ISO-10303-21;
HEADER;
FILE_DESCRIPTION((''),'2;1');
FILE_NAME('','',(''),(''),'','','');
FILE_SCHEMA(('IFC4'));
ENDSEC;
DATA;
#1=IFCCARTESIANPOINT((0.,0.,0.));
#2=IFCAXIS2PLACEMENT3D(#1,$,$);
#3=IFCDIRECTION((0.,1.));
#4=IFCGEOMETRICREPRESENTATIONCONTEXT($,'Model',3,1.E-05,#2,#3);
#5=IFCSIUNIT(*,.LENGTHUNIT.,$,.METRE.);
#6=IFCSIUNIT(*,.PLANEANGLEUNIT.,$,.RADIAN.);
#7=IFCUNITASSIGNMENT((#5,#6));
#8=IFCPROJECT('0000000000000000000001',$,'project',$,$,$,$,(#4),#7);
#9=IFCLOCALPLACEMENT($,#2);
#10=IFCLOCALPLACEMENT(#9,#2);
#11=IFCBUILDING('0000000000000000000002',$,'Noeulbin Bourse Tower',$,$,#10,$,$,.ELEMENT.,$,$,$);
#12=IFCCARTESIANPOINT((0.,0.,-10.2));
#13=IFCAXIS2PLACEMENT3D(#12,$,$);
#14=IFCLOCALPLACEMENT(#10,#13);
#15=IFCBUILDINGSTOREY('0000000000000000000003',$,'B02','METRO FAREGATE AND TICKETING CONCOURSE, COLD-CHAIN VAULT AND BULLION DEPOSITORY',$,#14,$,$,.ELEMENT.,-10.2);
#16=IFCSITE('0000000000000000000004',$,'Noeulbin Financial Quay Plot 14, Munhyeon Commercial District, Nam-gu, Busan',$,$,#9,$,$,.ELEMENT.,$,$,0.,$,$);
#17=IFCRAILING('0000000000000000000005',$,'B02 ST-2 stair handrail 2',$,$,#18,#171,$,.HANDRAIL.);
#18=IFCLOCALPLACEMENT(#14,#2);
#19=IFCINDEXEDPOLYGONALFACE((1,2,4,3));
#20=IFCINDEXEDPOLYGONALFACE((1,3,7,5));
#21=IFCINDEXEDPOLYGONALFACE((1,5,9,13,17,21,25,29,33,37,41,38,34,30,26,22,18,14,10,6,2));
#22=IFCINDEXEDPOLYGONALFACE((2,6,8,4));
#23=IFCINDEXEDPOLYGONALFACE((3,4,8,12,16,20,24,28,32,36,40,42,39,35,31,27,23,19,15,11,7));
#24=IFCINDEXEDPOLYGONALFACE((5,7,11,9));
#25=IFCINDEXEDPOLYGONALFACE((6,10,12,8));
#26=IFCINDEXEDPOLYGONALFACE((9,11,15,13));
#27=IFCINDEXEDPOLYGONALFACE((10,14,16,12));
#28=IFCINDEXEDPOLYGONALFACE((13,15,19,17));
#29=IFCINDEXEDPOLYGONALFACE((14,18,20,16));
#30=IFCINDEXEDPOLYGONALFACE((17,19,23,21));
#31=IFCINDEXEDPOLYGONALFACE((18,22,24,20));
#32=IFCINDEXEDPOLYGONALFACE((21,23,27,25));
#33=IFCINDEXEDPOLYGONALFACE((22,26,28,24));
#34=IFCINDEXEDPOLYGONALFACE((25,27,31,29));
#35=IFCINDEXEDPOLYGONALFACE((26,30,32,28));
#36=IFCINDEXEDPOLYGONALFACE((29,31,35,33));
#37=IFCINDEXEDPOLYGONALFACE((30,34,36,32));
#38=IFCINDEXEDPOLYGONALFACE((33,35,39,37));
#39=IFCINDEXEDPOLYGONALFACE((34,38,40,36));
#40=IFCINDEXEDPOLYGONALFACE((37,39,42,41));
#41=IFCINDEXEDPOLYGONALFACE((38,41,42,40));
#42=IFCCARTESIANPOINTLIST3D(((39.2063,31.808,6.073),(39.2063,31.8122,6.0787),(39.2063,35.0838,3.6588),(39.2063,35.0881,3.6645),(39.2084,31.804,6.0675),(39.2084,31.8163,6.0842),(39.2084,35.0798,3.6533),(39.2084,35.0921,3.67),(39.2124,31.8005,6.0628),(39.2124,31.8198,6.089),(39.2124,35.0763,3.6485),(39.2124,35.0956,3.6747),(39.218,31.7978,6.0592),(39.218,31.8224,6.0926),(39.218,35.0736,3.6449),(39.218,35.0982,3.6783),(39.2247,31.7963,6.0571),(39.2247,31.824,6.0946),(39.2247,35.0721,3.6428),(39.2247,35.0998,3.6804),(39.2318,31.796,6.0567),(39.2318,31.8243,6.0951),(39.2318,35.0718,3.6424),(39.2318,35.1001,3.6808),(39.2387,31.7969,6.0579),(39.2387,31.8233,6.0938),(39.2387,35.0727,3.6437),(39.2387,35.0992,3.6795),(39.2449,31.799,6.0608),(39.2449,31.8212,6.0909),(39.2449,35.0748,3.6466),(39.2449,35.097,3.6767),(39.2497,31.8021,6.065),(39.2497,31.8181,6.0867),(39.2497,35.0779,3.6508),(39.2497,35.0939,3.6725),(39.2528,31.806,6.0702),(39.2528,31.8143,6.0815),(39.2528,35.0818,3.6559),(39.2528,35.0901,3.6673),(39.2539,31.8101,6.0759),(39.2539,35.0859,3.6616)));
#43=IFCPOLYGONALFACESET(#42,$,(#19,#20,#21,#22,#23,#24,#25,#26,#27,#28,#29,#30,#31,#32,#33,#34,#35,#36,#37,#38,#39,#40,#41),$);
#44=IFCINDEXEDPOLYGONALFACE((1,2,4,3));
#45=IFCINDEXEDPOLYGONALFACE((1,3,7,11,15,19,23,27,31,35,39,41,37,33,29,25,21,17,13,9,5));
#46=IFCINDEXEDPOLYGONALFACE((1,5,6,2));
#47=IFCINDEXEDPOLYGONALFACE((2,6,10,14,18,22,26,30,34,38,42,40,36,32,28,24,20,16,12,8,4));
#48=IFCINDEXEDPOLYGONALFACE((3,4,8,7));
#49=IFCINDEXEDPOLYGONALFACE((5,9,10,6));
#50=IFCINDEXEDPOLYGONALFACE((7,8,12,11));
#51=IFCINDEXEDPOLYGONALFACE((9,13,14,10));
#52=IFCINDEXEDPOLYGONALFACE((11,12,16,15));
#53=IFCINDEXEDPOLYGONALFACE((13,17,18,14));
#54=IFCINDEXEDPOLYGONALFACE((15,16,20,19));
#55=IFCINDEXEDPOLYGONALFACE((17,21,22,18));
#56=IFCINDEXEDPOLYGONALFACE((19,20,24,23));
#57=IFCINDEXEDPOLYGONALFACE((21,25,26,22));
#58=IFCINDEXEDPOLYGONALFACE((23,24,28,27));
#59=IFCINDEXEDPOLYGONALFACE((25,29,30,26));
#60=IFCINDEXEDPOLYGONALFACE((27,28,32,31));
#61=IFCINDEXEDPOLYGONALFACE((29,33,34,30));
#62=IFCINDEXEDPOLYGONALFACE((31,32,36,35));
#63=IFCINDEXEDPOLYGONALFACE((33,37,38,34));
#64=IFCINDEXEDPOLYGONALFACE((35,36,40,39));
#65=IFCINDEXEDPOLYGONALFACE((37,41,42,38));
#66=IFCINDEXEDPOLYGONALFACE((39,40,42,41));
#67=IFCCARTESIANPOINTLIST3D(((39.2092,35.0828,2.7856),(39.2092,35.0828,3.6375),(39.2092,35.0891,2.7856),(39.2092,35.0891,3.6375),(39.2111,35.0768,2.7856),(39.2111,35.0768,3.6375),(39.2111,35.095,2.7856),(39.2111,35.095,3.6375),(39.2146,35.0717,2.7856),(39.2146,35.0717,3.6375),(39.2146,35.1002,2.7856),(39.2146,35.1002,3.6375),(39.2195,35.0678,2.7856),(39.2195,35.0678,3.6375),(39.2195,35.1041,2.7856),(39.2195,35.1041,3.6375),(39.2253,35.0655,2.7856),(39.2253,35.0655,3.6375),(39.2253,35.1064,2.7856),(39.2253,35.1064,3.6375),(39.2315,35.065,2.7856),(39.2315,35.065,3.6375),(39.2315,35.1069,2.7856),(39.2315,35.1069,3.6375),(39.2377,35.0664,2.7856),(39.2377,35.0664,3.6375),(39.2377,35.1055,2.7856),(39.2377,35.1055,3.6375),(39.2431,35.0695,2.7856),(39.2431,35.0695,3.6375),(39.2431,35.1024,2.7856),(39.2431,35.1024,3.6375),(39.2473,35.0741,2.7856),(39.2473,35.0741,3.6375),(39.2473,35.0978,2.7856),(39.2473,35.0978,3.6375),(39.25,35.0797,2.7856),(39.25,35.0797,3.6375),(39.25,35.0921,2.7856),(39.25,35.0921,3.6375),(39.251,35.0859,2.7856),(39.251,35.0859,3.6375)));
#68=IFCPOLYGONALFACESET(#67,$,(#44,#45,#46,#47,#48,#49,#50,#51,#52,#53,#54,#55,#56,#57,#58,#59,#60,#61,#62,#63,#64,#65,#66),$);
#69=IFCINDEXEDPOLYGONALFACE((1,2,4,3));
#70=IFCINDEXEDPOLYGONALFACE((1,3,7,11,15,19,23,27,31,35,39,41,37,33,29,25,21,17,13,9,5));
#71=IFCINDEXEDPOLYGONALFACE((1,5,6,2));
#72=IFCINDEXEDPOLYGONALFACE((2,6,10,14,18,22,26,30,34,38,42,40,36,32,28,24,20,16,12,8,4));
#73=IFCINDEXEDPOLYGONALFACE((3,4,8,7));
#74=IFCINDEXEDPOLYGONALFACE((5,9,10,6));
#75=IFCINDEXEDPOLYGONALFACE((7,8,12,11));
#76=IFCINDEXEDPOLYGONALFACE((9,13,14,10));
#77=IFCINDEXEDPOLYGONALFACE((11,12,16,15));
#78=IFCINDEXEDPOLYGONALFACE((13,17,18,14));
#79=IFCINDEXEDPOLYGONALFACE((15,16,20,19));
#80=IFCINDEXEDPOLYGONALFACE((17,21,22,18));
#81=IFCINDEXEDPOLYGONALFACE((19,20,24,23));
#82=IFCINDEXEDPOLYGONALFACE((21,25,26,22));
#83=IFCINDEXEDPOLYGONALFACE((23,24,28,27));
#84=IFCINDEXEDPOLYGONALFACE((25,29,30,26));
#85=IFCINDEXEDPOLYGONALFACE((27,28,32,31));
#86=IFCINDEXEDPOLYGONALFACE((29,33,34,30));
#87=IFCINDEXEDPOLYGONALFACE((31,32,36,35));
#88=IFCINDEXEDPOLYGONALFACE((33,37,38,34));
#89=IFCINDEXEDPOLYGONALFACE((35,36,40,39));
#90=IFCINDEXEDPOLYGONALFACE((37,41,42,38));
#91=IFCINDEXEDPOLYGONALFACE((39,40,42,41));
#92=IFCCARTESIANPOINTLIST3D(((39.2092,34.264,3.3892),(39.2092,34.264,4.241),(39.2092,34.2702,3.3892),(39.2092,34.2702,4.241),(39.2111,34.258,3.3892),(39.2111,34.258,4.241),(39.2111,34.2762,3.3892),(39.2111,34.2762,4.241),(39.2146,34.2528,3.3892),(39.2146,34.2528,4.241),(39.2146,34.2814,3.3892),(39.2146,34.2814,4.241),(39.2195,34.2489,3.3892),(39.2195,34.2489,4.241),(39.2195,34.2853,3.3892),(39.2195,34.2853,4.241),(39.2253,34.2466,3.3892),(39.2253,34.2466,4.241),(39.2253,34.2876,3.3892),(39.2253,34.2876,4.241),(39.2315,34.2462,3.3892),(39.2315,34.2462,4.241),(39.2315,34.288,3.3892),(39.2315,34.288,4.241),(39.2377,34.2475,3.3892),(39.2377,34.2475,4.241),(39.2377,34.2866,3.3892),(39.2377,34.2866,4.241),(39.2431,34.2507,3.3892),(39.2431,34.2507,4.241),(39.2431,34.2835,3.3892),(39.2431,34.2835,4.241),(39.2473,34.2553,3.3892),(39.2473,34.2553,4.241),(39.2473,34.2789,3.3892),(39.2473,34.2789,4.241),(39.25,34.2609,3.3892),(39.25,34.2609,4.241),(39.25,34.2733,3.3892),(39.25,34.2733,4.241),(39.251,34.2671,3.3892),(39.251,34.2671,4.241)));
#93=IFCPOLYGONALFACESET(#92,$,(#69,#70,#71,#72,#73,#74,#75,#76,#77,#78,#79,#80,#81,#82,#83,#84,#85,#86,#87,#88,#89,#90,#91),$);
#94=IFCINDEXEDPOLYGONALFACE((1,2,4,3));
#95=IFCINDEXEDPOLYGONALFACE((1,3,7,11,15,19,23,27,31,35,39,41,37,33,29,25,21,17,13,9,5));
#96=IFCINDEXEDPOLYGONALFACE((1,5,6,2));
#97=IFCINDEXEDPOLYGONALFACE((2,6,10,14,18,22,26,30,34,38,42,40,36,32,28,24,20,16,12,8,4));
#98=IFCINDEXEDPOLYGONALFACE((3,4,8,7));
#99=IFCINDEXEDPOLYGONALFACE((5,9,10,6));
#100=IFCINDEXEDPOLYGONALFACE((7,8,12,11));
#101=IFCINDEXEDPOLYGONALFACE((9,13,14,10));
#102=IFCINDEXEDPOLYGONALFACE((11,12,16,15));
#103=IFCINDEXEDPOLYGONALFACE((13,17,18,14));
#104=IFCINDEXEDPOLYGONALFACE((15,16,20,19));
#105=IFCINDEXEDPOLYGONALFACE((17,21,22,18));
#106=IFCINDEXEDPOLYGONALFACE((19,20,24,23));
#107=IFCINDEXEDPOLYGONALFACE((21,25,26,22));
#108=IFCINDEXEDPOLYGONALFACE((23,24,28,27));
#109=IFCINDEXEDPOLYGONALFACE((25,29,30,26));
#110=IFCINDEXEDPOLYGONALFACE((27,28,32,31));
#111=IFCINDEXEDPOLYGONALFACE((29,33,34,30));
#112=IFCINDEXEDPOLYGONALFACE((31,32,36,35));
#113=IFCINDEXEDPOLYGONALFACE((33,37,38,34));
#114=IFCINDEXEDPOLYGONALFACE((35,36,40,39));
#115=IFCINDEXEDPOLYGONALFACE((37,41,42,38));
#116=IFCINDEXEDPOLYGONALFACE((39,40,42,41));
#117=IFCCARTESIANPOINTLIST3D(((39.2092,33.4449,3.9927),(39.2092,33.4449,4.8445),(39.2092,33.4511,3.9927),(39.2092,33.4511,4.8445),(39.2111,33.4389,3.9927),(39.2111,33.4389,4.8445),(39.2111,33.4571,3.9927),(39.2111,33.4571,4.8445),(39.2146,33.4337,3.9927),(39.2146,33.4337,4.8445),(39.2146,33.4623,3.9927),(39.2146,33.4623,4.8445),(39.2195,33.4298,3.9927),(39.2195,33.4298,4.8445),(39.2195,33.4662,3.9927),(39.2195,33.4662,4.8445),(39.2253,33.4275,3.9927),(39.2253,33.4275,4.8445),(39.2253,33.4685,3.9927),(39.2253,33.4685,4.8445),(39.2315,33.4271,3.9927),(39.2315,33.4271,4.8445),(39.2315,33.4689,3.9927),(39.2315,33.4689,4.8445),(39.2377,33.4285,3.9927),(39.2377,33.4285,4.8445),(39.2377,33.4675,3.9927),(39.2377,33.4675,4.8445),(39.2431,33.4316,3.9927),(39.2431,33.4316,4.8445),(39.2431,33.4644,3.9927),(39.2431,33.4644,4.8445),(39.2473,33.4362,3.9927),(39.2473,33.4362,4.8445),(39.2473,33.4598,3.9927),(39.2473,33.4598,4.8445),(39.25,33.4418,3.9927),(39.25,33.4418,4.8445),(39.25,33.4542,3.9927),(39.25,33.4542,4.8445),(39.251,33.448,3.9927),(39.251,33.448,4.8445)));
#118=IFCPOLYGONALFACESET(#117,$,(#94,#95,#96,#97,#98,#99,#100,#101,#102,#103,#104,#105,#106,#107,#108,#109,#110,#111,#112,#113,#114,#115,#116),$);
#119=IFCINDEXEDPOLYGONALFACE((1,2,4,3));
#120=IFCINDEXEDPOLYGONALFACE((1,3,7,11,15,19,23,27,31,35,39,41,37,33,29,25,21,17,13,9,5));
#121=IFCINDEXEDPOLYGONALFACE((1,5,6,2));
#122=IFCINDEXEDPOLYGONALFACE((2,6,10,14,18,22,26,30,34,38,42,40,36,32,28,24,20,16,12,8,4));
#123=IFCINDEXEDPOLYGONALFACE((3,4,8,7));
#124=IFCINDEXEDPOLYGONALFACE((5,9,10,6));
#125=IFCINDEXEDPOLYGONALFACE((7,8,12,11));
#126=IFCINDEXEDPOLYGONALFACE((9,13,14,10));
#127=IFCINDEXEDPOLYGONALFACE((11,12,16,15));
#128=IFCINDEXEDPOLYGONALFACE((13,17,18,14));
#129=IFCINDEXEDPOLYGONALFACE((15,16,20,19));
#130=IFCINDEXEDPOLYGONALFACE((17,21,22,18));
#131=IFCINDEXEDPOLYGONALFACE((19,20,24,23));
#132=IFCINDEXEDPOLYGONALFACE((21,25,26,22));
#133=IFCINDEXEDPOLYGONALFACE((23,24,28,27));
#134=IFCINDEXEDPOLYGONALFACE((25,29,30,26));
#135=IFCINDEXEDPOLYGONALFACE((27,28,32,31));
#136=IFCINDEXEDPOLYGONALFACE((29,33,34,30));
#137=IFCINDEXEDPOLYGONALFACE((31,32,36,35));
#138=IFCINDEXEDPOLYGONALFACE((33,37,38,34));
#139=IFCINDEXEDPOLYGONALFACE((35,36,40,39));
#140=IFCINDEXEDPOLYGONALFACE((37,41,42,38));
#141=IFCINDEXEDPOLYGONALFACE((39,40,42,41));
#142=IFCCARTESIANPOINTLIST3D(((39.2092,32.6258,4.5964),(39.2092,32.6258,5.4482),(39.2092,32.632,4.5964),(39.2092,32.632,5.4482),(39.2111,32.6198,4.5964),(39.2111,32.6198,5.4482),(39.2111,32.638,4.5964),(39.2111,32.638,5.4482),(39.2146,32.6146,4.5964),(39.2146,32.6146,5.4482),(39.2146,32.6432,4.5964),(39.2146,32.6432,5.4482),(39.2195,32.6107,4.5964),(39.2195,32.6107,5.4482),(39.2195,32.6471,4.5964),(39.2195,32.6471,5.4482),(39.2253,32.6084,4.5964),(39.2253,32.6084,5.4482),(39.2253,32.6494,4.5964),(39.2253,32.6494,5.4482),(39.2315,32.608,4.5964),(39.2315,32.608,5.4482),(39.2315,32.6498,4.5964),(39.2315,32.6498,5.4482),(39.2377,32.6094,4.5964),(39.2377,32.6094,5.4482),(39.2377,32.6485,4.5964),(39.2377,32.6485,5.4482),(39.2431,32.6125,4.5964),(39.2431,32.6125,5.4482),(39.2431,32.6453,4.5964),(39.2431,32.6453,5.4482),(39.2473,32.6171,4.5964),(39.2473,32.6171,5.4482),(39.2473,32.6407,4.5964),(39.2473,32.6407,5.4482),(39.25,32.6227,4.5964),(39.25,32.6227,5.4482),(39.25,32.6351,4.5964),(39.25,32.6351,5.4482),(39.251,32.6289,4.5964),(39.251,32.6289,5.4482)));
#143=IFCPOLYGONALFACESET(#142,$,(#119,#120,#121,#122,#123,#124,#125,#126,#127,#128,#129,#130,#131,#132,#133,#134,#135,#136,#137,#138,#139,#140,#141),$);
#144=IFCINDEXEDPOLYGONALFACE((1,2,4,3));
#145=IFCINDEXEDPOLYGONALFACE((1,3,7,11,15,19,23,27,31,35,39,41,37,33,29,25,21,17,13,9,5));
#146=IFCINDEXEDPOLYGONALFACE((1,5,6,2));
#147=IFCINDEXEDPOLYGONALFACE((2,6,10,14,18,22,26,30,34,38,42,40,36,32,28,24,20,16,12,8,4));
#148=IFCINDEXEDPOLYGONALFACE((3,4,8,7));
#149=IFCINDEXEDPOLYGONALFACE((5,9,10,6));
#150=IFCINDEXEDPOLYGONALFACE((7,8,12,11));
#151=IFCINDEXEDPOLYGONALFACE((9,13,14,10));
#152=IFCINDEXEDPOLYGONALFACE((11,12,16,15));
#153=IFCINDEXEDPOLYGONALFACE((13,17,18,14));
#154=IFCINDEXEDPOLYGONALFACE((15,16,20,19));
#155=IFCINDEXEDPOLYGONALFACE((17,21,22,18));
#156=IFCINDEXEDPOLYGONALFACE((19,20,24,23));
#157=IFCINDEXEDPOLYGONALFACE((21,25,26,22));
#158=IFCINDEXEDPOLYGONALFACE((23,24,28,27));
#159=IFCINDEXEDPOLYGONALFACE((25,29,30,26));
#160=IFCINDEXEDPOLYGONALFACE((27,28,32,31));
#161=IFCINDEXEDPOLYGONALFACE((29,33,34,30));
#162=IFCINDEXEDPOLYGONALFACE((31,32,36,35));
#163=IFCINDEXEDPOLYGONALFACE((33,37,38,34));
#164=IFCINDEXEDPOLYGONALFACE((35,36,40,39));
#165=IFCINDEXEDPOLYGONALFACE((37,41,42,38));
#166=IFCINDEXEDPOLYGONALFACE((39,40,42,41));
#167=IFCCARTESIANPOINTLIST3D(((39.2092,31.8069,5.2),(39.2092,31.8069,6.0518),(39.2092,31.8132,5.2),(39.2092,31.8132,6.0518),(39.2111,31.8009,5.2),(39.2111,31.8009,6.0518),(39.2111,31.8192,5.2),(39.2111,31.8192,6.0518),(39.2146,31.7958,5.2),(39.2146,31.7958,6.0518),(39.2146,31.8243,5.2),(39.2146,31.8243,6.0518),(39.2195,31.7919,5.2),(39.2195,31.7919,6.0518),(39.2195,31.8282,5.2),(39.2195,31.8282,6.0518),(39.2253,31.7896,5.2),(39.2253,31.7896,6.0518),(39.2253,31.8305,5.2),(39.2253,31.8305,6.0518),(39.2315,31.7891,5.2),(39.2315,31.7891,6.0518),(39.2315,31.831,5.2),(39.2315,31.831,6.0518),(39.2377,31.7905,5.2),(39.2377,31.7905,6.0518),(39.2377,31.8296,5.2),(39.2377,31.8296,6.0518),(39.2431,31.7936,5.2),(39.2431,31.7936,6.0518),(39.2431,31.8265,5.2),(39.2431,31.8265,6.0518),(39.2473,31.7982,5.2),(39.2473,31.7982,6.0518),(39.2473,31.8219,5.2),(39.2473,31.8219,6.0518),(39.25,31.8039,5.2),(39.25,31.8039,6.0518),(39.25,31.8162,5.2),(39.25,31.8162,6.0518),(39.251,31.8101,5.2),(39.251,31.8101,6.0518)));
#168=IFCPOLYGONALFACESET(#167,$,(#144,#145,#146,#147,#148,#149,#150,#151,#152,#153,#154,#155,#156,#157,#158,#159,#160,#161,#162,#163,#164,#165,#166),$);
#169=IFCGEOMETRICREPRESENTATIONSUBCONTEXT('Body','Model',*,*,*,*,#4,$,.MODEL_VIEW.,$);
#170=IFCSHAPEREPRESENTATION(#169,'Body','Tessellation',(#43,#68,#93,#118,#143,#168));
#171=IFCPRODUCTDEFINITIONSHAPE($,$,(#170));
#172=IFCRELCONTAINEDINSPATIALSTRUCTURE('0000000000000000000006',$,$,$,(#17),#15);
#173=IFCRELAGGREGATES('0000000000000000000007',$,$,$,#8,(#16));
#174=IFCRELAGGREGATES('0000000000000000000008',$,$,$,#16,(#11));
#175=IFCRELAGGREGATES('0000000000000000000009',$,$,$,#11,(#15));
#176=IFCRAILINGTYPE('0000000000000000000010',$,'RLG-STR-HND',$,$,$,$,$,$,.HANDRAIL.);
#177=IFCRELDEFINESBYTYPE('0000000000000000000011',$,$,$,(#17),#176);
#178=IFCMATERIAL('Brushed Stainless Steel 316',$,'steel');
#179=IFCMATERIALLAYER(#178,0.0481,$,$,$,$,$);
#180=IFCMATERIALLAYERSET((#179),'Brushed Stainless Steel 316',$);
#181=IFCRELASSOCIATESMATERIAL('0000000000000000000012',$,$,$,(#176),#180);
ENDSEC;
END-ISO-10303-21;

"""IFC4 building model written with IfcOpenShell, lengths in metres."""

from ifc_helpers import new_model, si_unit, direction, frame, origin, origin_2d, place, context, subcontext, project, spatial, circle, extrude, material, layer, layer_set, type_object, element, save


model = new_model("IFC4")

# Units and contexts
model_context = context("Model", 3, precision=1e-05, world=origin(), true_north=direction((0.0, 1.0)))
body_context = subcontext(model_context, "Body", "Model", "MODEL_VIEW")
ifc_project = project(units=[si_unit("LENGTHUNIT", "METRE"), si_unit("PLANEANGLEUNIT", "RADIAN")], contexts=[model_context])

# Site, building, storey
site_placement = place(None, origin())
site = spatial("IfcSite", under=ifc_project, at=site_placement, Name="Noeulbin Financial Quay Plot 14, Munhyeon Commercial District, Nam-gu, Busan", CompositionType="ELEMENT", RefElevation=0.0)
building_placement = place(site_placement, origin())
building = spatial("IfcBuilding", under=site, at=building_placement, Name="Noeulbin Bourse Tower", CompositionType="ELEMENT")
storey_placement = place(building_placement, frame((0.0, 0.0, -10.2)))
storey = spatial("IfcBuildingStorey", under=building, at=storey_placement, Name="B02", Description="METRO FAREGATE AND TICKETING CONCOURSE, COLD-CHAIN VAULT AND BULLION DEPOSITORY", CompositionType="ELEMENT", Elevation=-10.2)

# Shared definitions
ifc_material_1 = material(Name="Brushed Stainless Steel 316", Category="steel")

# Railing
ifc_layer_1 = layer(ifc_material_1, 0.0481)
ifc_layer_set_1 = layer_set([ifc_layer_1], Name="Brushed Stainless Steel 316")
railing_type_1 = type_object("IfcRailingType", Name="RLG-STR-HND", PredefinedType="HANDRAIL", material=ifc_layer_set_1)
railing_1_placement = place(storey_placement, frame((39.23, 35.0859, 2.7856)))
element("IfcRailing", 1, at=railing_1_placement, inside=storey, type_object=railing_type_1, Name="B02 ST-2 stair handrail 2", PredefinedType="HANDRAIL", context=body_context, shape_type="SweptSolid", body=[
    extrude(circle(Radius=0.0239, at=origin_2d()), frame((0.0, 0.0, 0.876), z_axis=(0.0, -0.804997, 0.593279), x_axis=(1.0, 0.0, 0.0)), (0.0, 0.0, 1.0), 4.0693),
    extrude(circle(Radius=0.021, at=origin_2d()), origin(), (0.0, 0.0, 1.0), 0.8518),
    extrude(circle(Radius=0.021, at=origin_2d()), frame((0.0, -0.8188, 0.6035)), (0.0, 0.0, 1.0), 0.8518),
    extrude(circle(Radius=0.021, at=origin_2d()), frame((0.0, -1.6379, 1.207)), (0.0, 0.0, 1.0), 0.8518),
    extrude(circle(Radius=0.021, at=origin_2d()), frame((0.0, -2.457, 1.8108)), (0.0, 0.0, 1.0), 0.8518),
    extrude(circle(Radius=0.021, at=origin_2d()), frame((0.0, -3.2759, 2.4143)), (0.0, 0.0, 1.0), 0.8518),
])

save(model, "model.ifc")
